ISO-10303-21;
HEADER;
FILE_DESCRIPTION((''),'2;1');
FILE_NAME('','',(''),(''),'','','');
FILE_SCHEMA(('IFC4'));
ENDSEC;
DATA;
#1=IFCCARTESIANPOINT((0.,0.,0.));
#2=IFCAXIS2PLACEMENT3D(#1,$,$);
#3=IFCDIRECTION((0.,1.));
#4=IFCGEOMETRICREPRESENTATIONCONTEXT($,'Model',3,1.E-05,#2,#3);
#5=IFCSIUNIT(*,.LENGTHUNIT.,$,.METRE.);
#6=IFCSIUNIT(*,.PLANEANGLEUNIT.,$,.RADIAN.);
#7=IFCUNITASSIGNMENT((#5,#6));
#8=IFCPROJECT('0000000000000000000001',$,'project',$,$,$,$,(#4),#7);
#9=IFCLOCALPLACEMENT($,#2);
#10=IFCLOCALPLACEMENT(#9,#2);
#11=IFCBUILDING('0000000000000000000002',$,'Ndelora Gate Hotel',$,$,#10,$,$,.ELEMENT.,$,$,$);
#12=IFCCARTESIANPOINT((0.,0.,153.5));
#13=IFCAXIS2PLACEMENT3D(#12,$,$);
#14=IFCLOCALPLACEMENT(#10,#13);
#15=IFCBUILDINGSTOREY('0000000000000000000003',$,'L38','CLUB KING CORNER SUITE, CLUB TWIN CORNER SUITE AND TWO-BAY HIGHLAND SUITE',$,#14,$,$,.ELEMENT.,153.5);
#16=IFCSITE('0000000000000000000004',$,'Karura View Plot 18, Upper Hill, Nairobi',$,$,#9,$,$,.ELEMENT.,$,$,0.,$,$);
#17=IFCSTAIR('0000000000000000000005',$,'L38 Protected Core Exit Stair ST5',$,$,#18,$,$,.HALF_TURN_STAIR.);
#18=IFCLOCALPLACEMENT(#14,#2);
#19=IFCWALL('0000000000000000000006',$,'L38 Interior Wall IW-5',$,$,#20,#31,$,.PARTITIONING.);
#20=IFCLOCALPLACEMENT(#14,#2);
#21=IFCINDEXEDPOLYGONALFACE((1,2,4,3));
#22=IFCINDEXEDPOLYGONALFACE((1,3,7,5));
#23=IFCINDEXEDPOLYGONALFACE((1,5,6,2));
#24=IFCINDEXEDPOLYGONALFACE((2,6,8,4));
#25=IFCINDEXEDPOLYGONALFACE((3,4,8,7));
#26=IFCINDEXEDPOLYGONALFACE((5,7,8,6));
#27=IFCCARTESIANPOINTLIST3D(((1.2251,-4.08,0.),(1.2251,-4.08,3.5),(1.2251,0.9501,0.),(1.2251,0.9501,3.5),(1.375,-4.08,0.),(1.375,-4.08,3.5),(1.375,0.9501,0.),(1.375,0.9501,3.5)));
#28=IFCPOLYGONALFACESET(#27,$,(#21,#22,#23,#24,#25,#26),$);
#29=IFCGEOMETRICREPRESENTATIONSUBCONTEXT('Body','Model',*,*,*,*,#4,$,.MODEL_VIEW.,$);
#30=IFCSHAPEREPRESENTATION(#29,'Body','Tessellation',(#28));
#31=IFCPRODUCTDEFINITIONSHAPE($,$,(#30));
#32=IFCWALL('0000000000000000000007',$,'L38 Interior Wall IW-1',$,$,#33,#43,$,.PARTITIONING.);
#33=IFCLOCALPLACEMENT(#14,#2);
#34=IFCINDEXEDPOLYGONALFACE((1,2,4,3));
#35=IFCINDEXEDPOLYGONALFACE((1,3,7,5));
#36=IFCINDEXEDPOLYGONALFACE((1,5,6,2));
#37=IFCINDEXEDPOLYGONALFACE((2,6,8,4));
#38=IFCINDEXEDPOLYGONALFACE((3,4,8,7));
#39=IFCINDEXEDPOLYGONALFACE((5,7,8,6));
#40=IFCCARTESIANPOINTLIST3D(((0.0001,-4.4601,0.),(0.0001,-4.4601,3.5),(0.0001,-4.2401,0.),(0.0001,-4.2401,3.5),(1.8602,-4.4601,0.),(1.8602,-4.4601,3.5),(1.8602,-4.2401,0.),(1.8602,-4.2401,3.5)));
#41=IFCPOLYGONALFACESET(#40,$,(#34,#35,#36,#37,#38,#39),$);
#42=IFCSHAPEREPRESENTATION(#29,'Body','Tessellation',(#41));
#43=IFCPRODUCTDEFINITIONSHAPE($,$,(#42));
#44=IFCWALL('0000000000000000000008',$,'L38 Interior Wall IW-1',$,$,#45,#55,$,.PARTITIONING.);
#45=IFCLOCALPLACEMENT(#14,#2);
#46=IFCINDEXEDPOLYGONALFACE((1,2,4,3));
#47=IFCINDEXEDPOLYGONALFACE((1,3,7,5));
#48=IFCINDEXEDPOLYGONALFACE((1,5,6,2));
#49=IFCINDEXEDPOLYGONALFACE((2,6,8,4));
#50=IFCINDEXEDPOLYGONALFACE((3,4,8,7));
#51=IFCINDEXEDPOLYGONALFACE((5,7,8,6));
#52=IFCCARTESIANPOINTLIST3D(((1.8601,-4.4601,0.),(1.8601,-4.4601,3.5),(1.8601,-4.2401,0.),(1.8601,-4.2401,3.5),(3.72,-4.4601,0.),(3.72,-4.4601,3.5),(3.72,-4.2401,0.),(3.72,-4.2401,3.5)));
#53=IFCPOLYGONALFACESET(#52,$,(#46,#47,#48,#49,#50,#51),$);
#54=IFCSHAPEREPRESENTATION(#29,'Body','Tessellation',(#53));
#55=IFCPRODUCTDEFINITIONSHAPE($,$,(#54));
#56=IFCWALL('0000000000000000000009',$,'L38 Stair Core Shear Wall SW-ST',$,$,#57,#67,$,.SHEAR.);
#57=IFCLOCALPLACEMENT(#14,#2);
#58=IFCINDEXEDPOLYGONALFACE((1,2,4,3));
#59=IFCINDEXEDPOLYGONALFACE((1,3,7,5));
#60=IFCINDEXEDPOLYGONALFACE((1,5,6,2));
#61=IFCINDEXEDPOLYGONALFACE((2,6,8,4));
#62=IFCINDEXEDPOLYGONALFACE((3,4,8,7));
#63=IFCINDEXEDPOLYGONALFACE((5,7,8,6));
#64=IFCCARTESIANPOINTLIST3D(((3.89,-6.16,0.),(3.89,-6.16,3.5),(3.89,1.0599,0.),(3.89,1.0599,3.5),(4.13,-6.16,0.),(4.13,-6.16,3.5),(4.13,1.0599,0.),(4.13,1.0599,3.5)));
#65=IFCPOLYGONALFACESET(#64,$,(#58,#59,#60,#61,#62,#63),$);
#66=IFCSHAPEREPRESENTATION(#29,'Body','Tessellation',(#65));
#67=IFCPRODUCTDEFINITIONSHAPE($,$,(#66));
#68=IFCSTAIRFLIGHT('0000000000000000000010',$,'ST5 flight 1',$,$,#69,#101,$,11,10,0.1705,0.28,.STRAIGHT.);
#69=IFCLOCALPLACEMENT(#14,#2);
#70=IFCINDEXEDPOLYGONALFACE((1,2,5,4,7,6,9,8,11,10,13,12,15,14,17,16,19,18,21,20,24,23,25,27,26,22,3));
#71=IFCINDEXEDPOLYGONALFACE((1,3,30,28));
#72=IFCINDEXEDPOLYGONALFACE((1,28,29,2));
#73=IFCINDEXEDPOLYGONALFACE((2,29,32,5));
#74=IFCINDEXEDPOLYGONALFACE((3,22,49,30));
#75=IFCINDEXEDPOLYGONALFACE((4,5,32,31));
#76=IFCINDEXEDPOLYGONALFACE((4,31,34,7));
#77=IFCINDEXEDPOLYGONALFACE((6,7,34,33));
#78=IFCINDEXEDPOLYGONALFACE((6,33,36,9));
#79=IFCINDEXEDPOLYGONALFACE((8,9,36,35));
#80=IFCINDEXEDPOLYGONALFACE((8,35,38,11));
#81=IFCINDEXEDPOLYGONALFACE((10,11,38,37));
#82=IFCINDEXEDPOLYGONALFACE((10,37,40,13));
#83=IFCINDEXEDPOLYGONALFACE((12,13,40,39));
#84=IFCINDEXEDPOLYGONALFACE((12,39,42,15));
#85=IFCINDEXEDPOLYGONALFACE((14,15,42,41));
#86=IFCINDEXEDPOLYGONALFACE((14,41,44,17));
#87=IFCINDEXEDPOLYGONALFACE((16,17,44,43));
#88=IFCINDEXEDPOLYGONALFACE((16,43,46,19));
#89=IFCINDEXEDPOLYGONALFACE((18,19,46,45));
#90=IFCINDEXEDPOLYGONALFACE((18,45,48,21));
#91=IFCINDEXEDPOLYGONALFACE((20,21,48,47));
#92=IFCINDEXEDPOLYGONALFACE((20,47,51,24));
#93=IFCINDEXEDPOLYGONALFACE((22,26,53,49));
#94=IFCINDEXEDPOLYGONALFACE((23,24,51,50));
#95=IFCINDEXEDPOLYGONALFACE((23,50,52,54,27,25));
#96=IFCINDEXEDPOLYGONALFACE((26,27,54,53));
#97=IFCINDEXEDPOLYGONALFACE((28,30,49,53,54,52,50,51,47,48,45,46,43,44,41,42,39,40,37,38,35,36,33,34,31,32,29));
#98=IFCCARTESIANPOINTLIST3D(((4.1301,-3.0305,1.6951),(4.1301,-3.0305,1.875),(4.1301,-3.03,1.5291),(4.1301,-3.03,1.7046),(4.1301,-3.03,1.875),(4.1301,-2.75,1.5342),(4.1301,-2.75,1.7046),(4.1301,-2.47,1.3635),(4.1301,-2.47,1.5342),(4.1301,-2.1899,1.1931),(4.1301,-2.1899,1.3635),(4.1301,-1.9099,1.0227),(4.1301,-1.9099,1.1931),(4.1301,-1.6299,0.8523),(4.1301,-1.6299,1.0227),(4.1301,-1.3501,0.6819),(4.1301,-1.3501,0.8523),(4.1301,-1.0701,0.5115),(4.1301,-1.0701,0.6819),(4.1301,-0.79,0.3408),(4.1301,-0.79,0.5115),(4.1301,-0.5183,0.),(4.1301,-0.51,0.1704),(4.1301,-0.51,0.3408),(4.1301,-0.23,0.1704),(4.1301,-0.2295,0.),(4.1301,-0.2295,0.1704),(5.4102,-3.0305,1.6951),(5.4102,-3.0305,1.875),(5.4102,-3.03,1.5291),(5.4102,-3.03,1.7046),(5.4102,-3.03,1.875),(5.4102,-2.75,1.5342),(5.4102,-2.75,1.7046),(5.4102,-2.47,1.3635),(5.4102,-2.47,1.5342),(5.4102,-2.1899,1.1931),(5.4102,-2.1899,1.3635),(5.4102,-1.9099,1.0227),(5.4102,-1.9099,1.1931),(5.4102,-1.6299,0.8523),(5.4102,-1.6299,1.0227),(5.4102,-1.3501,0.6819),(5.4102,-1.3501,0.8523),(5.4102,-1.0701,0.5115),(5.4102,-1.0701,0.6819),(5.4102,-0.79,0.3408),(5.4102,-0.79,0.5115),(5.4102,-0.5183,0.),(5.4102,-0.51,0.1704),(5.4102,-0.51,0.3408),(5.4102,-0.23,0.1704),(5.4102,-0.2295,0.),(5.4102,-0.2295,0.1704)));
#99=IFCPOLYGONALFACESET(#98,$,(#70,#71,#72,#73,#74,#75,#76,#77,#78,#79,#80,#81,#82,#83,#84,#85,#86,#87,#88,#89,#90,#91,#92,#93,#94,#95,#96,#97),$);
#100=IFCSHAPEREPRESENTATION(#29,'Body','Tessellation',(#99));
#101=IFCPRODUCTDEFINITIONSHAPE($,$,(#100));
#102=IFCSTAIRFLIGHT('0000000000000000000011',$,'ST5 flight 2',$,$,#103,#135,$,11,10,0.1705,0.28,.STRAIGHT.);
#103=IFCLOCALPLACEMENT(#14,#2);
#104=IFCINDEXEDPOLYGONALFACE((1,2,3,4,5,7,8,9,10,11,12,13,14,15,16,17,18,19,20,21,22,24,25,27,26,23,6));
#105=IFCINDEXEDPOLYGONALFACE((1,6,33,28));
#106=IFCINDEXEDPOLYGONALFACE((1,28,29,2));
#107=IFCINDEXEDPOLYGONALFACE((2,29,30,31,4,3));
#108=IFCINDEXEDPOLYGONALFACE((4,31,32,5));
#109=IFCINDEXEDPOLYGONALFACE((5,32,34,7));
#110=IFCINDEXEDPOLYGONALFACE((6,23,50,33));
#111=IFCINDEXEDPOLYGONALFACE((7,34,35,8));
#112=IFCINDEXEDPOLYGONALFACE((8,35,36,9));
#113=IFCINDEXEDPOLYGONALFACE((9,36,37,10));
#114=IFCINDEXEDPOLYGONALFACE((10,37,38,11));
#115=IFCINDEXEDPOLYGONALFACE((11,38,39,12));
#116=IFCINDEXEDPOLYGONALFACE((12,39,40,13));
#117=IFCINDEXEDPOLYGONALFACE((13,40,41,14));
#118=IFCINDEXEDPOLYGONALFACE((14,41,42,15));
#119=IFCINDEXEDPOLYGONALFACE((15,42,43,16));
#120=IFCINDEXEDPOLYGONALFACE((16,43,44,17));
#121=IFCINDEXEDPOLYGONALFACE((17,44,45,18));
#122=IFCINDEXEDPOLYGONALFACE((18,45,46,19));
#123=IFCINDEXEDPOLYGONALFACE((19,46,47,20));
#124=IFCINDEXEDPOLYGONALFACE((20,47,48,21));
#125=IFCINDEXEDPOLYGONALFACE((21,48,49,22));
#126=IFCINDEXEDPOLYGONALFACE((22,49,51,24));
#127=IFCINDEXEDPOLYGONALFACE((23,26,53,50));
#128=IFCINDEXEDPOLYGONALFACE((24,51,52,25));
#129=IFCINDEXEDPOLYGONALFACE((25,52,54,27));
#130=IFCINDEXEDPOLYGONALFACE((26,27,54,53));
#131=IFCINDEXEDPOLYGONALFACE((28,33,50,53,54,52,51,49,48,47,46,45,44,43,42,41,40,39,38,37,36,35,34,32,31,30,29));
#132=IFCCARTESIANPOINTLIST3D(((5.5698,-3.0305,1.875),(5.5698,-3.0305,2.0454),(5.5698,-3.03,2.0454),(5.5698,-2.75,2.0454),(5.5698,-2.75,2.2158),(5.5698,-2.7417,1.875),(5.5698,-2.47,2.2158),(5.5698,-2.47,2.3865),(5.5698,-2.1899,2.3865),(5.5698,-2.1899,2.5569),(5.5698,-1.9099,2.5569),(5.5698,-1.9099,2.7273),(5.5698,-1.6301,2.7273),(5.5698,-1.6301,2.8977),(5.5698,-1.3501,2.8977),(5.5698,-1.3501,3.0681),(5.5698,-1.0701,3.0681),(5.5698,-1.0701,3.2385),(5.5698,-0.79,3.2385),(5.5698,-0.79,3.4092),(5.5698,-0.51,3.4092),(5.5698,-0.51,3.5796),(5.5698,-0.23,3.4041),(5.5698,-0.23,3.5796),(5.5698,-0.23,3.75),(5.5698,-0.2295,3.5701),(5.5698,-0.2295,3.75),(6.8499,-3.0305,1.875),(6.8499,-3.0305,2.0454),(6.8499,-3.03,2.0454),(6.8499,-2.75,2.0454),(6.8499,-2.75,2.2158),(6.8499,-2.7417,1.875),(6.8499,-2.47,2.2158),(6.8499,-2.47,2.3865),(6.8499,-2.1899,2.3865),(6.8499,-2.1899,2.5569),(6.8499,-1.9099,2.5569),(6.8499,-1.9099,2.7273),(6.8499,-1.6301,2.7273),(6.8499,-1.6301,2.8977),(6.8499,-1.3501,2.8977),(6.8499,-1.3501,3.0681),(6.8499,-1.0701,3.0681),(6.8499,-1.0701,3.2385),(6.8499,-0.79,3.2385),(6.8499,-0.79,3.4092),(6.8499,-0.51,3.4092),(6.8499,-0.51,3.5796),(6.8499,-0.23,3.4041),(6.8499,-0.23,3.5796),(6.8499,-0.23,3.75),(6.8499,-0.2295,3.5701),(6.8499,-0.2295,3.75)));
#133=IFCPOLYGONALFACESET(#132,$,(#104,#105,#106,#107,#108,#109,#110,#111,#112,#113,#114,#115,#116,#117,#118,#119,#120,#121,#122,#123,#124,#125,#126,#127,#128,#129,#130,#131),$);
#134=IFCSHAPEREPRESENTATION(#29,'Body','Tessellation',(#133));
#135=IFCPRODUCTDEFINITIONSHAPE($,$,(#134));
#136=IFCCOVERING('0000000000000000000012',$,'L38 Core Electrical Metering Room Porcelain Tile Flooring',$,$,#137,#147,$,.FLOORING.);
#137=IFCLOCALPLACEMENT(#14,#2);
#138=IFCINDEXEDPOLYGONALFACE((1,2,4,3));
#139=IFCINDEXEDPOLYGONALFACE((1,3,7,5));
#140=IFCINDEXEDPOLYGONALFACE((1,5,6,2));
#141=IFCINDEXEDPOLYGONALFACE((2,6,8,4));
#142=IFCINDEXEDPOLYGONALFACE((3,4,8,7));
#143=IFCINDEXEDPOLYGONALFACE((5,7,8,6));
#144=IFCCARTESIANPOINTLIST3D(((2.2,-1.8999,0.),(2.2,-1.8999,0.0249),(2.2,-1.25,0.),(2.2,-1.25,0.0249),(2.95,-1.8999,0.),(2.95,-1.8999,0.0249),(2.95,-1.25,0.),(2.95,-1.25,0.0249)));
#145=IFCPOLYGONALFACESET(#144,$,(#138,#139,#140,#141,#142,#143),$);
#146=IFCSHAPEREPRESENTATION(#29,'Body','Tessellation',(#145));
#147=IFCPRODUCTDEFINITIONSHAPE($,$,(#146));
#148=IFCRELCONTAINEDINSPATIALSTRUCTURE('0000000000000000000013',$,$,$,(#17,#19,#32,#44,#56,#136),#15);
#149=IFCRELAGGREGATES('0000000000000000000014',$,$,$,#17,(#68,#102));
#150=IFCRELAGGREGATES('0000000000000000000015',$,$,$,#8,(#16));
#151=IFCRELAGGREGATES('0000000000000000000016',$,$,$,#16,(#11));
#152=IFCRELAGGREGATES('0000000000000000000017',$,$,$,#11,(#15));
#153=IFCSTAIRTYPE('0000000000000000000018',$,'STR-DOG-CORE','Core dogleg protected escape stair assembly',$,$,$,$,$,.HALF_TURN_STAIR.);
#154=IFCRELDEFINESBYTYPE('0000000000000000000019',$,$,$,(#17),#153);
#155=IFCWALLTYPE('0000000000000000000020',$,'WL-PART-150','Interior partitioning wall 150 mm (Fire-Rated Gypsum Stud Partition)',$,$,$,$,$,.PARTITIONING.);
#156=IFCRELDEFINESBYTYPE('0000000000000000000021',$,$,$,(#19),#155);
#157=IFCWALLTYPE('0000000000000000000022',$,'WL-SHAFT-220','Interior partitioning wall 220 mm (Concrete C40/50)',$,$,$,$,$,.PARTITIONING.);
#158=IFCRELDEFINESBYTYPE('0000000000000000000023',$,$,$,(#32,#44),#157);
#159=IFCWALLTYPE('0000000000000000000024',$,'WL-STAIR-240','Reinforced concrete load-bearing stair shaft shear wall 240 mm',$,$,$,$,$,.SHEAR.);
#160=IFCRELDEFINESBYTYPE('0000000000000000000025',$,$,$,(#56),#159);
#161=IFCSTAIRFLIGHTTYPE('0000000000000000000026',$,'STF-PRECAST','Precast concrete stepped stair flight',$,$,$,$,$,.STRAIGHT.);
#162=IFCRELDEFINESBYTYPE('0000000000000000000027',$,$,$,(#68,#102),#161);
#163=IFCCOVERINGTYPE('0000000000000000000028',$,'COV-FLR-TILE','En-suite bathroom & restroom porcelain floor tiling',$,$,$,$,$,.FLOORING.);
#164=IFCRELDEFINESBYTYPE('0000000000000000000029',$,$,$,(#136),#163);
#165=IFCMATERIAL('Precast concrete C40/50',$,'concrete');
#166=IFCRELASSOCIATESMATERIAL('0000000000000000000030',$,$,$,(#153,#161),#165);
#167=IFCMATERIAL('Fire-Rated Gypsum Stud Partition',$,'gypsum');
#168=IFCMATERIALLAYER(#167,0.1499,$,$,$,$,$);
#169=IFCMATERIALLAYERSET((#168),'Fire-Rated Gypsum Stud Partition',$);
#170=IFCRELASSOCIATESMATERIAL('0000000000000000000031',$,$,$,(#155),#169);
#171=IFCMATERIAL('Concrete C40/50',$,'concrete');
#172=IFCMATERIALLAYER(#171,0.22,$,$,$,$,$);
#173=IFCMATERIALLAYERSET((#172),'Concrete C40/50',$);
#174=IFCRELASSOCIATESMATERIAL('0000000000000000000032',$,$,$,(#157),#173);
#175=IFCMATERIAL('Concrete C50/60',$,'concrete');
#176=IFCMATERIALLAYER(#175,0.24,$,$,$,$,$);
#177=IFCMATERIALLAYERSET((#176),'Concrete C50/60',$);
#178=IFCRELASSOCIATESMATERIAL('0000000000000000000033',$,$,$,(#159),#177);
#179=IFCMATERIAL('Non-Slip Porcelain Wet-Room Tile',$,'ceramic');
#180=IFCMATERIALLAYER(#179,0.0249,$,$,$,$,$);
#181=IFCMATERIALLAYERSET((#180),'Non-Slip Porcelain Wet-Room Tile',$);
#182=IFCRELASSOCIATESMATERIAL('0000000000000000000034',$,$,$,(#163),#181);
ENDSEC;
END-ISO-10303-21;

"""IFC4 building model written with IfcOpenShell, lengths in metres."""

from ifc_helpers import new_model, si_unit, direction, frame, frame_2d, origin, origin_2d, place, context, subcontext, project, spatial, polyline, rectangle, outline, extrude, material, layer, layer_set, type_object, element, aggregate, save


model = new_model("IFC4")

# Units and contexts
model_context = context("Model", 3, precision=1e-05, world=origin(), true_north=direction((0.0, 1.0)))
body_context = subcontext(model_context, "Body", "Model", "MODEL_VIEW")
ifc_project = project(units=[si_unit("LENGTHUNIT", "METRE"), si_unit("PLANEANGLEUNIT", "RADIAN")], contexts=[model_context])

# Site, building, storey
site_placement = place(None, origin())
site = spatial("IfcSite", under=ifc_project, at=site_placement, Name="Karura View Plot 18, Upper Hill, Nairobi", CompositionType="ELEMENT", RefElevation=0.0)
building_placement = place(site_placement, origin())
building = spatial("IfcBuilding", under=site, at=building_placement, Name="Ndelora Gate Hotel", CompositionType="ELEMENT")
storey_placement = place(building_placement, frame((0.0, 0.0, 153.5)))
storey = spatial("IfcBuildingStorey", under=building, at=storey_placement, Name="L38", Description="CLUB KING CORNER SUITE, CLUB TWIN CORNER SUITE AND TWO-BAY HIGHLAND SUITE", CompositionType="ELEMENT", Elevation=153.5)

# Stair
ifc_material_1 = material(Name="Precast concrete C40/50", Category="concrete")
stair_type = type_object("IfcStairType", Name="STR-DOG-CORE", Description="Core dogleg protected escape stair assembly", PredefinedType="HALF_TURN_STAIR", material=ifc_material_1)
stair_1_placement = place(storey_placement, origin())
stair_1 = element("IfcStair", 1, at=stair_1_placement, inside=storey, type_object=stair_type, Name="L38 Protected Core Exit Stair ST5", PredefinedType="HALF_TURN_STAIR")

# Shared definitions
ifc_material_2 = material(Name="Concrete C40/50", Category="concrete")

# Walls
ifc_material_3 = material(Name="Fire-Rated Gypsum Stud Partition", Category="gypsum")
ifc_layer_1 = layer(ifc_material_3, 0.1499)
ifc_layer_set_1 = layer_set([ifc_layer_1], Name="Fire-Rated Gypsum Stud Partition")
wall_type_1 = type_object("IfcWallType", Name="WL-PART-150", Description="Interior partitioning wall 150 mm (Fire-Rated Gypsum Stud Partition)", PredefinedType="PARTITIONING", material=ifc_layer_set_1)
wall_1_placement = place(storey_placement, frame((1.3, -4.0801, 0.0), z_axis=(0.0, 0.0, 1.0), x_axis=(0.0, 1.0, 0.0)))
element("IfcWall", 2, at=wall_1_placement, inside=storey, type_object=wall_type_1, Name="L38 Interior Wall IW-5", PredefinedType="PARTITIONING", context=body_context, shape_type="SweptSolid", body=[
    extrude(rectangle(XDim=5.03, YDim=0.1499, at=frame_2d((2.5151, 0.0))), origin(), (0.0, 0.0, 1.0), 3.5),
])
ifc_layer_2 = layer(ifc_material_2, 0.22)
ifc_layer_set_2 = layer_set([ifc_layer_2], Name="Concrete C40/50")
wall_type_2 = type_object("IfcWallType", Name="WL-SHAFT-220", Description="Interior partitioning wall 220 mm (Concrete C40/50)", PredefinedType="PARTITIONING", material=ifc_layer_set_2)
wall_2_placement = place(storey_placement, frame((0.0, -4.3501, 0.0), z_axis=(0.0, 0.0, 1.0), x_axis=(1.0, 0.0, 0.0)))
element("IfcWall", 3, at=wall_2_placement, inside=storey, type_object=wall_type_2, Name="L38 Interior Wall IW-1", PredefinedType="PARTITIONING", context=body_context, shape_type="SweptSolid", body=[
    extrude(rectangle(XDim=1.8601, YDim=0.22, at=frame_2d((0.9302, 0.0))), origin(), (0.0, 0.0, 1.0), 3.5),
])
wall_3_placement = place(storey_placement, frame((1.8601, -4.3501, 0.0), z_axis=(0.0, 0.0, 1.0), x_axis=(1.0, 0.0, 0.0)))
element("IfcWall", 4, at=wall_3_placement, inside=storey, type_object=wall_type_2, Name="L38 Interior Wall IW-1", PredefinedType="PARTITIONING", context=body_context, shape_type="SweptSolid", body=[
    extrude(rectangle(XDim=1.8599, YDim=0.22, at=frame_2d((0.9299, 0.0))), origin(), (0.0, 0.0, 1.0), 3.5),
])
ifc_material_4 = material(Name="Concrete C50/60", Category="concrete")
ifc_layer_3 = layer(ifc_material_4, 0.24)
ifc_layer_set_3 = layer_set([ifc_layer_3], Name="Concrete C50/60")
wall_type_3 = type_object("IfcWallType", Name="WL-STAIR-240", Description="Reinforced concrete load-bearing stair shaft shear wall 240 mm", PredefinedType="SHEAR", material=ifc_layer_set_3)
wall_4_placement = place(storey_placement, frame((4.01, -6.1599, 0.0), z_axis=(0.0, 0.0, 1.0), x_axis=(0.0, 1.0, 0.0)))
element("IfcWall", 5, at=wall_4_placement, inside=storey, type_object=wall_type_3, Name="L38 Stair Core Shear Wall SW-ST", PredefinedType="SHEAR", context=body_context, shape_type="SweptSolid", body=[
    extrude(rectangle(XDim=7.22, YDim=0.24, at=frame_2d((3.6099, 0.0))), origin(), (0.0, 0.0, 1.0), 3.5),
])

# Stair flights
stair_flight_type = type_object("IfcStairFlightType", Name="STF-PRECAST", Description="Precast concrete stepped stair flight", PredefinedType="STRAIGHT", material=ifc_material_1)
stair_flight_1_placement = place(storey_placement, frame((4.77, -0.23, 0.0), z_axis=(0.0, 0.0, 1.0), x_axis=(0.0, -1.0, 0.0)))
stair_flight_1 = element("IfcStairFlight", 6, at=stair_flight_1_placement, type_object=stair_flight_type, Name="ST5 flight 1", NumberOfRisers=11, NumberOfTreads=10, PredefinedType="STRAIGHT", RiserHeight=0.1705, TreadLength=0.28, context=body_context, shape_type="SweptSolid", body=[
    extrude(outline(polyline([(-0.0005, 0.0), (-0.0005, 0.1704), (0.0, 0.1704), (0.28, 0.1704), (0.28, 0.3408), (0.5601, 0.3408), (0.5601, 0.5115), (0.8401, 0.5115), (0.8401, 0.6819), (1.1201, 0.6819), (1.1201, 0.8523), (1.3999, 0.8523), (1.3999, 1.0227), (1.6799, 1.0227), (1.6799, 1.1931), (1.96, 1.1931), (1.96, 1.3635), (2.24, 1.3635), (2.24, 1.5342), (2.52, 1.5342), (2.52, 1.7046), (2.8, 1.7046), (2.8, 1.875), (2.8005, 1.875), (2.8005, 1.6951), (2.8, 1.5291), (0.2883, 0.0), (-0.0005, 0.0)])), frame((0.0, 0.6401, 0.0), z_axis=(0.0, -1.0, 0.0), x_axis=(1.0, 0.0, 0.0)), (0.0, 0.0, 1.0), 1.28),
])
stair_flight_2_placement = place(storey_placement, frame((6.21, -3.03, 1.875), z_axis=(0.0, 0.0, 1.0), x_axis=(0.0, 1.0, 0.0)))
stair_flight_2 = element("IfcStairFlight", 7, at=stair_flight_2_placement, type_object=stair_flight_type, Name="ST5 flight 2", NumberOfRisers=11, NumberOfTreads=10, PredefinedType="STRAIGHT", RiserHeight=0.1705, TreadLength=0.28, context=body_context, shape_type="SweptSolid", body=[
    extrude(outline(polyline([(-0.0005, 0.0), (-0.0005, 0.1704), (0.0, 0.1704), (0.28, 0.1704), (0.28, 0.3408), (0.5601, 0.3408), (0.5601, 0.5115), (0.8401, 0.5115), (0.8401, 0.6819), (1.1201, 0.6819), (1.1201, 0.8523), (1.3999, 0.8523), (1.3999, 1.0227), (1.6799, 1.0227), (1.6799, 1.1931), (1.96, 1.1931), (1.96, 1.3635), (2.24, 1.3635), (2.24, 1.5342), (2.52, 1.5342), (2.52, 1.7046), (2.8, 1.7046), (2.8, 1.875), (2.8005, 1.875), (2.8005, 1.6951), (2.8, 1.5291), (0.2883, 0.0), (-0.0005, 0.0)])), frame((0.0, 0.6401, 0.0), z_axis=(0.0, -1.0, 0.0), x_axis=(1.0, 0.0, 0.0)), (0.0, 0.0, 1.0), 1.28),
])
aggregate(stair_1, [stair_flight_1, stair_flight_2])

# Covering
ifc_material_5 = material(Name="Non-Slip Porcelain Wet-Room Tile", Category="ceramic")
ifc_layer_4 = layer(ifc_material_5, 0.0249)
ifc_layer_set_4 = layer_set([ifc_layer_4], Name="Non-Slip Porcelain Wet-Room Tile")
covering_type = type_object("IfcCoveringType", Name="COV-FLR-TILE", Description="En-suite bathroom & restroom porcelain floor tiling", PredefinedType="FLOORING", material=ifc_layer_set_4)
covering_placement = place(storey_placement, frame((2.575, -1.575, 0.0), z_axis=(0.0, 0.0, 1.0), x_axis=(1.0, 0.0, 0.0)))
element("IfcCovering", 8, at=covering_placement, inside=storey, type_object=covering_type, Name="L38 Core Electrical Metering Room Porcelain Tile Flooring", PredefinedType="FLOORING", context=body_context, shape_type="SweptSolid", body=[
    extrude(rectangle(XDim=0.75, YDim=0.6499, at=origin_2d()), origin(), (0.0, 0.0, 1.0), 0.0249),
])

save(model, "model.ifc")
